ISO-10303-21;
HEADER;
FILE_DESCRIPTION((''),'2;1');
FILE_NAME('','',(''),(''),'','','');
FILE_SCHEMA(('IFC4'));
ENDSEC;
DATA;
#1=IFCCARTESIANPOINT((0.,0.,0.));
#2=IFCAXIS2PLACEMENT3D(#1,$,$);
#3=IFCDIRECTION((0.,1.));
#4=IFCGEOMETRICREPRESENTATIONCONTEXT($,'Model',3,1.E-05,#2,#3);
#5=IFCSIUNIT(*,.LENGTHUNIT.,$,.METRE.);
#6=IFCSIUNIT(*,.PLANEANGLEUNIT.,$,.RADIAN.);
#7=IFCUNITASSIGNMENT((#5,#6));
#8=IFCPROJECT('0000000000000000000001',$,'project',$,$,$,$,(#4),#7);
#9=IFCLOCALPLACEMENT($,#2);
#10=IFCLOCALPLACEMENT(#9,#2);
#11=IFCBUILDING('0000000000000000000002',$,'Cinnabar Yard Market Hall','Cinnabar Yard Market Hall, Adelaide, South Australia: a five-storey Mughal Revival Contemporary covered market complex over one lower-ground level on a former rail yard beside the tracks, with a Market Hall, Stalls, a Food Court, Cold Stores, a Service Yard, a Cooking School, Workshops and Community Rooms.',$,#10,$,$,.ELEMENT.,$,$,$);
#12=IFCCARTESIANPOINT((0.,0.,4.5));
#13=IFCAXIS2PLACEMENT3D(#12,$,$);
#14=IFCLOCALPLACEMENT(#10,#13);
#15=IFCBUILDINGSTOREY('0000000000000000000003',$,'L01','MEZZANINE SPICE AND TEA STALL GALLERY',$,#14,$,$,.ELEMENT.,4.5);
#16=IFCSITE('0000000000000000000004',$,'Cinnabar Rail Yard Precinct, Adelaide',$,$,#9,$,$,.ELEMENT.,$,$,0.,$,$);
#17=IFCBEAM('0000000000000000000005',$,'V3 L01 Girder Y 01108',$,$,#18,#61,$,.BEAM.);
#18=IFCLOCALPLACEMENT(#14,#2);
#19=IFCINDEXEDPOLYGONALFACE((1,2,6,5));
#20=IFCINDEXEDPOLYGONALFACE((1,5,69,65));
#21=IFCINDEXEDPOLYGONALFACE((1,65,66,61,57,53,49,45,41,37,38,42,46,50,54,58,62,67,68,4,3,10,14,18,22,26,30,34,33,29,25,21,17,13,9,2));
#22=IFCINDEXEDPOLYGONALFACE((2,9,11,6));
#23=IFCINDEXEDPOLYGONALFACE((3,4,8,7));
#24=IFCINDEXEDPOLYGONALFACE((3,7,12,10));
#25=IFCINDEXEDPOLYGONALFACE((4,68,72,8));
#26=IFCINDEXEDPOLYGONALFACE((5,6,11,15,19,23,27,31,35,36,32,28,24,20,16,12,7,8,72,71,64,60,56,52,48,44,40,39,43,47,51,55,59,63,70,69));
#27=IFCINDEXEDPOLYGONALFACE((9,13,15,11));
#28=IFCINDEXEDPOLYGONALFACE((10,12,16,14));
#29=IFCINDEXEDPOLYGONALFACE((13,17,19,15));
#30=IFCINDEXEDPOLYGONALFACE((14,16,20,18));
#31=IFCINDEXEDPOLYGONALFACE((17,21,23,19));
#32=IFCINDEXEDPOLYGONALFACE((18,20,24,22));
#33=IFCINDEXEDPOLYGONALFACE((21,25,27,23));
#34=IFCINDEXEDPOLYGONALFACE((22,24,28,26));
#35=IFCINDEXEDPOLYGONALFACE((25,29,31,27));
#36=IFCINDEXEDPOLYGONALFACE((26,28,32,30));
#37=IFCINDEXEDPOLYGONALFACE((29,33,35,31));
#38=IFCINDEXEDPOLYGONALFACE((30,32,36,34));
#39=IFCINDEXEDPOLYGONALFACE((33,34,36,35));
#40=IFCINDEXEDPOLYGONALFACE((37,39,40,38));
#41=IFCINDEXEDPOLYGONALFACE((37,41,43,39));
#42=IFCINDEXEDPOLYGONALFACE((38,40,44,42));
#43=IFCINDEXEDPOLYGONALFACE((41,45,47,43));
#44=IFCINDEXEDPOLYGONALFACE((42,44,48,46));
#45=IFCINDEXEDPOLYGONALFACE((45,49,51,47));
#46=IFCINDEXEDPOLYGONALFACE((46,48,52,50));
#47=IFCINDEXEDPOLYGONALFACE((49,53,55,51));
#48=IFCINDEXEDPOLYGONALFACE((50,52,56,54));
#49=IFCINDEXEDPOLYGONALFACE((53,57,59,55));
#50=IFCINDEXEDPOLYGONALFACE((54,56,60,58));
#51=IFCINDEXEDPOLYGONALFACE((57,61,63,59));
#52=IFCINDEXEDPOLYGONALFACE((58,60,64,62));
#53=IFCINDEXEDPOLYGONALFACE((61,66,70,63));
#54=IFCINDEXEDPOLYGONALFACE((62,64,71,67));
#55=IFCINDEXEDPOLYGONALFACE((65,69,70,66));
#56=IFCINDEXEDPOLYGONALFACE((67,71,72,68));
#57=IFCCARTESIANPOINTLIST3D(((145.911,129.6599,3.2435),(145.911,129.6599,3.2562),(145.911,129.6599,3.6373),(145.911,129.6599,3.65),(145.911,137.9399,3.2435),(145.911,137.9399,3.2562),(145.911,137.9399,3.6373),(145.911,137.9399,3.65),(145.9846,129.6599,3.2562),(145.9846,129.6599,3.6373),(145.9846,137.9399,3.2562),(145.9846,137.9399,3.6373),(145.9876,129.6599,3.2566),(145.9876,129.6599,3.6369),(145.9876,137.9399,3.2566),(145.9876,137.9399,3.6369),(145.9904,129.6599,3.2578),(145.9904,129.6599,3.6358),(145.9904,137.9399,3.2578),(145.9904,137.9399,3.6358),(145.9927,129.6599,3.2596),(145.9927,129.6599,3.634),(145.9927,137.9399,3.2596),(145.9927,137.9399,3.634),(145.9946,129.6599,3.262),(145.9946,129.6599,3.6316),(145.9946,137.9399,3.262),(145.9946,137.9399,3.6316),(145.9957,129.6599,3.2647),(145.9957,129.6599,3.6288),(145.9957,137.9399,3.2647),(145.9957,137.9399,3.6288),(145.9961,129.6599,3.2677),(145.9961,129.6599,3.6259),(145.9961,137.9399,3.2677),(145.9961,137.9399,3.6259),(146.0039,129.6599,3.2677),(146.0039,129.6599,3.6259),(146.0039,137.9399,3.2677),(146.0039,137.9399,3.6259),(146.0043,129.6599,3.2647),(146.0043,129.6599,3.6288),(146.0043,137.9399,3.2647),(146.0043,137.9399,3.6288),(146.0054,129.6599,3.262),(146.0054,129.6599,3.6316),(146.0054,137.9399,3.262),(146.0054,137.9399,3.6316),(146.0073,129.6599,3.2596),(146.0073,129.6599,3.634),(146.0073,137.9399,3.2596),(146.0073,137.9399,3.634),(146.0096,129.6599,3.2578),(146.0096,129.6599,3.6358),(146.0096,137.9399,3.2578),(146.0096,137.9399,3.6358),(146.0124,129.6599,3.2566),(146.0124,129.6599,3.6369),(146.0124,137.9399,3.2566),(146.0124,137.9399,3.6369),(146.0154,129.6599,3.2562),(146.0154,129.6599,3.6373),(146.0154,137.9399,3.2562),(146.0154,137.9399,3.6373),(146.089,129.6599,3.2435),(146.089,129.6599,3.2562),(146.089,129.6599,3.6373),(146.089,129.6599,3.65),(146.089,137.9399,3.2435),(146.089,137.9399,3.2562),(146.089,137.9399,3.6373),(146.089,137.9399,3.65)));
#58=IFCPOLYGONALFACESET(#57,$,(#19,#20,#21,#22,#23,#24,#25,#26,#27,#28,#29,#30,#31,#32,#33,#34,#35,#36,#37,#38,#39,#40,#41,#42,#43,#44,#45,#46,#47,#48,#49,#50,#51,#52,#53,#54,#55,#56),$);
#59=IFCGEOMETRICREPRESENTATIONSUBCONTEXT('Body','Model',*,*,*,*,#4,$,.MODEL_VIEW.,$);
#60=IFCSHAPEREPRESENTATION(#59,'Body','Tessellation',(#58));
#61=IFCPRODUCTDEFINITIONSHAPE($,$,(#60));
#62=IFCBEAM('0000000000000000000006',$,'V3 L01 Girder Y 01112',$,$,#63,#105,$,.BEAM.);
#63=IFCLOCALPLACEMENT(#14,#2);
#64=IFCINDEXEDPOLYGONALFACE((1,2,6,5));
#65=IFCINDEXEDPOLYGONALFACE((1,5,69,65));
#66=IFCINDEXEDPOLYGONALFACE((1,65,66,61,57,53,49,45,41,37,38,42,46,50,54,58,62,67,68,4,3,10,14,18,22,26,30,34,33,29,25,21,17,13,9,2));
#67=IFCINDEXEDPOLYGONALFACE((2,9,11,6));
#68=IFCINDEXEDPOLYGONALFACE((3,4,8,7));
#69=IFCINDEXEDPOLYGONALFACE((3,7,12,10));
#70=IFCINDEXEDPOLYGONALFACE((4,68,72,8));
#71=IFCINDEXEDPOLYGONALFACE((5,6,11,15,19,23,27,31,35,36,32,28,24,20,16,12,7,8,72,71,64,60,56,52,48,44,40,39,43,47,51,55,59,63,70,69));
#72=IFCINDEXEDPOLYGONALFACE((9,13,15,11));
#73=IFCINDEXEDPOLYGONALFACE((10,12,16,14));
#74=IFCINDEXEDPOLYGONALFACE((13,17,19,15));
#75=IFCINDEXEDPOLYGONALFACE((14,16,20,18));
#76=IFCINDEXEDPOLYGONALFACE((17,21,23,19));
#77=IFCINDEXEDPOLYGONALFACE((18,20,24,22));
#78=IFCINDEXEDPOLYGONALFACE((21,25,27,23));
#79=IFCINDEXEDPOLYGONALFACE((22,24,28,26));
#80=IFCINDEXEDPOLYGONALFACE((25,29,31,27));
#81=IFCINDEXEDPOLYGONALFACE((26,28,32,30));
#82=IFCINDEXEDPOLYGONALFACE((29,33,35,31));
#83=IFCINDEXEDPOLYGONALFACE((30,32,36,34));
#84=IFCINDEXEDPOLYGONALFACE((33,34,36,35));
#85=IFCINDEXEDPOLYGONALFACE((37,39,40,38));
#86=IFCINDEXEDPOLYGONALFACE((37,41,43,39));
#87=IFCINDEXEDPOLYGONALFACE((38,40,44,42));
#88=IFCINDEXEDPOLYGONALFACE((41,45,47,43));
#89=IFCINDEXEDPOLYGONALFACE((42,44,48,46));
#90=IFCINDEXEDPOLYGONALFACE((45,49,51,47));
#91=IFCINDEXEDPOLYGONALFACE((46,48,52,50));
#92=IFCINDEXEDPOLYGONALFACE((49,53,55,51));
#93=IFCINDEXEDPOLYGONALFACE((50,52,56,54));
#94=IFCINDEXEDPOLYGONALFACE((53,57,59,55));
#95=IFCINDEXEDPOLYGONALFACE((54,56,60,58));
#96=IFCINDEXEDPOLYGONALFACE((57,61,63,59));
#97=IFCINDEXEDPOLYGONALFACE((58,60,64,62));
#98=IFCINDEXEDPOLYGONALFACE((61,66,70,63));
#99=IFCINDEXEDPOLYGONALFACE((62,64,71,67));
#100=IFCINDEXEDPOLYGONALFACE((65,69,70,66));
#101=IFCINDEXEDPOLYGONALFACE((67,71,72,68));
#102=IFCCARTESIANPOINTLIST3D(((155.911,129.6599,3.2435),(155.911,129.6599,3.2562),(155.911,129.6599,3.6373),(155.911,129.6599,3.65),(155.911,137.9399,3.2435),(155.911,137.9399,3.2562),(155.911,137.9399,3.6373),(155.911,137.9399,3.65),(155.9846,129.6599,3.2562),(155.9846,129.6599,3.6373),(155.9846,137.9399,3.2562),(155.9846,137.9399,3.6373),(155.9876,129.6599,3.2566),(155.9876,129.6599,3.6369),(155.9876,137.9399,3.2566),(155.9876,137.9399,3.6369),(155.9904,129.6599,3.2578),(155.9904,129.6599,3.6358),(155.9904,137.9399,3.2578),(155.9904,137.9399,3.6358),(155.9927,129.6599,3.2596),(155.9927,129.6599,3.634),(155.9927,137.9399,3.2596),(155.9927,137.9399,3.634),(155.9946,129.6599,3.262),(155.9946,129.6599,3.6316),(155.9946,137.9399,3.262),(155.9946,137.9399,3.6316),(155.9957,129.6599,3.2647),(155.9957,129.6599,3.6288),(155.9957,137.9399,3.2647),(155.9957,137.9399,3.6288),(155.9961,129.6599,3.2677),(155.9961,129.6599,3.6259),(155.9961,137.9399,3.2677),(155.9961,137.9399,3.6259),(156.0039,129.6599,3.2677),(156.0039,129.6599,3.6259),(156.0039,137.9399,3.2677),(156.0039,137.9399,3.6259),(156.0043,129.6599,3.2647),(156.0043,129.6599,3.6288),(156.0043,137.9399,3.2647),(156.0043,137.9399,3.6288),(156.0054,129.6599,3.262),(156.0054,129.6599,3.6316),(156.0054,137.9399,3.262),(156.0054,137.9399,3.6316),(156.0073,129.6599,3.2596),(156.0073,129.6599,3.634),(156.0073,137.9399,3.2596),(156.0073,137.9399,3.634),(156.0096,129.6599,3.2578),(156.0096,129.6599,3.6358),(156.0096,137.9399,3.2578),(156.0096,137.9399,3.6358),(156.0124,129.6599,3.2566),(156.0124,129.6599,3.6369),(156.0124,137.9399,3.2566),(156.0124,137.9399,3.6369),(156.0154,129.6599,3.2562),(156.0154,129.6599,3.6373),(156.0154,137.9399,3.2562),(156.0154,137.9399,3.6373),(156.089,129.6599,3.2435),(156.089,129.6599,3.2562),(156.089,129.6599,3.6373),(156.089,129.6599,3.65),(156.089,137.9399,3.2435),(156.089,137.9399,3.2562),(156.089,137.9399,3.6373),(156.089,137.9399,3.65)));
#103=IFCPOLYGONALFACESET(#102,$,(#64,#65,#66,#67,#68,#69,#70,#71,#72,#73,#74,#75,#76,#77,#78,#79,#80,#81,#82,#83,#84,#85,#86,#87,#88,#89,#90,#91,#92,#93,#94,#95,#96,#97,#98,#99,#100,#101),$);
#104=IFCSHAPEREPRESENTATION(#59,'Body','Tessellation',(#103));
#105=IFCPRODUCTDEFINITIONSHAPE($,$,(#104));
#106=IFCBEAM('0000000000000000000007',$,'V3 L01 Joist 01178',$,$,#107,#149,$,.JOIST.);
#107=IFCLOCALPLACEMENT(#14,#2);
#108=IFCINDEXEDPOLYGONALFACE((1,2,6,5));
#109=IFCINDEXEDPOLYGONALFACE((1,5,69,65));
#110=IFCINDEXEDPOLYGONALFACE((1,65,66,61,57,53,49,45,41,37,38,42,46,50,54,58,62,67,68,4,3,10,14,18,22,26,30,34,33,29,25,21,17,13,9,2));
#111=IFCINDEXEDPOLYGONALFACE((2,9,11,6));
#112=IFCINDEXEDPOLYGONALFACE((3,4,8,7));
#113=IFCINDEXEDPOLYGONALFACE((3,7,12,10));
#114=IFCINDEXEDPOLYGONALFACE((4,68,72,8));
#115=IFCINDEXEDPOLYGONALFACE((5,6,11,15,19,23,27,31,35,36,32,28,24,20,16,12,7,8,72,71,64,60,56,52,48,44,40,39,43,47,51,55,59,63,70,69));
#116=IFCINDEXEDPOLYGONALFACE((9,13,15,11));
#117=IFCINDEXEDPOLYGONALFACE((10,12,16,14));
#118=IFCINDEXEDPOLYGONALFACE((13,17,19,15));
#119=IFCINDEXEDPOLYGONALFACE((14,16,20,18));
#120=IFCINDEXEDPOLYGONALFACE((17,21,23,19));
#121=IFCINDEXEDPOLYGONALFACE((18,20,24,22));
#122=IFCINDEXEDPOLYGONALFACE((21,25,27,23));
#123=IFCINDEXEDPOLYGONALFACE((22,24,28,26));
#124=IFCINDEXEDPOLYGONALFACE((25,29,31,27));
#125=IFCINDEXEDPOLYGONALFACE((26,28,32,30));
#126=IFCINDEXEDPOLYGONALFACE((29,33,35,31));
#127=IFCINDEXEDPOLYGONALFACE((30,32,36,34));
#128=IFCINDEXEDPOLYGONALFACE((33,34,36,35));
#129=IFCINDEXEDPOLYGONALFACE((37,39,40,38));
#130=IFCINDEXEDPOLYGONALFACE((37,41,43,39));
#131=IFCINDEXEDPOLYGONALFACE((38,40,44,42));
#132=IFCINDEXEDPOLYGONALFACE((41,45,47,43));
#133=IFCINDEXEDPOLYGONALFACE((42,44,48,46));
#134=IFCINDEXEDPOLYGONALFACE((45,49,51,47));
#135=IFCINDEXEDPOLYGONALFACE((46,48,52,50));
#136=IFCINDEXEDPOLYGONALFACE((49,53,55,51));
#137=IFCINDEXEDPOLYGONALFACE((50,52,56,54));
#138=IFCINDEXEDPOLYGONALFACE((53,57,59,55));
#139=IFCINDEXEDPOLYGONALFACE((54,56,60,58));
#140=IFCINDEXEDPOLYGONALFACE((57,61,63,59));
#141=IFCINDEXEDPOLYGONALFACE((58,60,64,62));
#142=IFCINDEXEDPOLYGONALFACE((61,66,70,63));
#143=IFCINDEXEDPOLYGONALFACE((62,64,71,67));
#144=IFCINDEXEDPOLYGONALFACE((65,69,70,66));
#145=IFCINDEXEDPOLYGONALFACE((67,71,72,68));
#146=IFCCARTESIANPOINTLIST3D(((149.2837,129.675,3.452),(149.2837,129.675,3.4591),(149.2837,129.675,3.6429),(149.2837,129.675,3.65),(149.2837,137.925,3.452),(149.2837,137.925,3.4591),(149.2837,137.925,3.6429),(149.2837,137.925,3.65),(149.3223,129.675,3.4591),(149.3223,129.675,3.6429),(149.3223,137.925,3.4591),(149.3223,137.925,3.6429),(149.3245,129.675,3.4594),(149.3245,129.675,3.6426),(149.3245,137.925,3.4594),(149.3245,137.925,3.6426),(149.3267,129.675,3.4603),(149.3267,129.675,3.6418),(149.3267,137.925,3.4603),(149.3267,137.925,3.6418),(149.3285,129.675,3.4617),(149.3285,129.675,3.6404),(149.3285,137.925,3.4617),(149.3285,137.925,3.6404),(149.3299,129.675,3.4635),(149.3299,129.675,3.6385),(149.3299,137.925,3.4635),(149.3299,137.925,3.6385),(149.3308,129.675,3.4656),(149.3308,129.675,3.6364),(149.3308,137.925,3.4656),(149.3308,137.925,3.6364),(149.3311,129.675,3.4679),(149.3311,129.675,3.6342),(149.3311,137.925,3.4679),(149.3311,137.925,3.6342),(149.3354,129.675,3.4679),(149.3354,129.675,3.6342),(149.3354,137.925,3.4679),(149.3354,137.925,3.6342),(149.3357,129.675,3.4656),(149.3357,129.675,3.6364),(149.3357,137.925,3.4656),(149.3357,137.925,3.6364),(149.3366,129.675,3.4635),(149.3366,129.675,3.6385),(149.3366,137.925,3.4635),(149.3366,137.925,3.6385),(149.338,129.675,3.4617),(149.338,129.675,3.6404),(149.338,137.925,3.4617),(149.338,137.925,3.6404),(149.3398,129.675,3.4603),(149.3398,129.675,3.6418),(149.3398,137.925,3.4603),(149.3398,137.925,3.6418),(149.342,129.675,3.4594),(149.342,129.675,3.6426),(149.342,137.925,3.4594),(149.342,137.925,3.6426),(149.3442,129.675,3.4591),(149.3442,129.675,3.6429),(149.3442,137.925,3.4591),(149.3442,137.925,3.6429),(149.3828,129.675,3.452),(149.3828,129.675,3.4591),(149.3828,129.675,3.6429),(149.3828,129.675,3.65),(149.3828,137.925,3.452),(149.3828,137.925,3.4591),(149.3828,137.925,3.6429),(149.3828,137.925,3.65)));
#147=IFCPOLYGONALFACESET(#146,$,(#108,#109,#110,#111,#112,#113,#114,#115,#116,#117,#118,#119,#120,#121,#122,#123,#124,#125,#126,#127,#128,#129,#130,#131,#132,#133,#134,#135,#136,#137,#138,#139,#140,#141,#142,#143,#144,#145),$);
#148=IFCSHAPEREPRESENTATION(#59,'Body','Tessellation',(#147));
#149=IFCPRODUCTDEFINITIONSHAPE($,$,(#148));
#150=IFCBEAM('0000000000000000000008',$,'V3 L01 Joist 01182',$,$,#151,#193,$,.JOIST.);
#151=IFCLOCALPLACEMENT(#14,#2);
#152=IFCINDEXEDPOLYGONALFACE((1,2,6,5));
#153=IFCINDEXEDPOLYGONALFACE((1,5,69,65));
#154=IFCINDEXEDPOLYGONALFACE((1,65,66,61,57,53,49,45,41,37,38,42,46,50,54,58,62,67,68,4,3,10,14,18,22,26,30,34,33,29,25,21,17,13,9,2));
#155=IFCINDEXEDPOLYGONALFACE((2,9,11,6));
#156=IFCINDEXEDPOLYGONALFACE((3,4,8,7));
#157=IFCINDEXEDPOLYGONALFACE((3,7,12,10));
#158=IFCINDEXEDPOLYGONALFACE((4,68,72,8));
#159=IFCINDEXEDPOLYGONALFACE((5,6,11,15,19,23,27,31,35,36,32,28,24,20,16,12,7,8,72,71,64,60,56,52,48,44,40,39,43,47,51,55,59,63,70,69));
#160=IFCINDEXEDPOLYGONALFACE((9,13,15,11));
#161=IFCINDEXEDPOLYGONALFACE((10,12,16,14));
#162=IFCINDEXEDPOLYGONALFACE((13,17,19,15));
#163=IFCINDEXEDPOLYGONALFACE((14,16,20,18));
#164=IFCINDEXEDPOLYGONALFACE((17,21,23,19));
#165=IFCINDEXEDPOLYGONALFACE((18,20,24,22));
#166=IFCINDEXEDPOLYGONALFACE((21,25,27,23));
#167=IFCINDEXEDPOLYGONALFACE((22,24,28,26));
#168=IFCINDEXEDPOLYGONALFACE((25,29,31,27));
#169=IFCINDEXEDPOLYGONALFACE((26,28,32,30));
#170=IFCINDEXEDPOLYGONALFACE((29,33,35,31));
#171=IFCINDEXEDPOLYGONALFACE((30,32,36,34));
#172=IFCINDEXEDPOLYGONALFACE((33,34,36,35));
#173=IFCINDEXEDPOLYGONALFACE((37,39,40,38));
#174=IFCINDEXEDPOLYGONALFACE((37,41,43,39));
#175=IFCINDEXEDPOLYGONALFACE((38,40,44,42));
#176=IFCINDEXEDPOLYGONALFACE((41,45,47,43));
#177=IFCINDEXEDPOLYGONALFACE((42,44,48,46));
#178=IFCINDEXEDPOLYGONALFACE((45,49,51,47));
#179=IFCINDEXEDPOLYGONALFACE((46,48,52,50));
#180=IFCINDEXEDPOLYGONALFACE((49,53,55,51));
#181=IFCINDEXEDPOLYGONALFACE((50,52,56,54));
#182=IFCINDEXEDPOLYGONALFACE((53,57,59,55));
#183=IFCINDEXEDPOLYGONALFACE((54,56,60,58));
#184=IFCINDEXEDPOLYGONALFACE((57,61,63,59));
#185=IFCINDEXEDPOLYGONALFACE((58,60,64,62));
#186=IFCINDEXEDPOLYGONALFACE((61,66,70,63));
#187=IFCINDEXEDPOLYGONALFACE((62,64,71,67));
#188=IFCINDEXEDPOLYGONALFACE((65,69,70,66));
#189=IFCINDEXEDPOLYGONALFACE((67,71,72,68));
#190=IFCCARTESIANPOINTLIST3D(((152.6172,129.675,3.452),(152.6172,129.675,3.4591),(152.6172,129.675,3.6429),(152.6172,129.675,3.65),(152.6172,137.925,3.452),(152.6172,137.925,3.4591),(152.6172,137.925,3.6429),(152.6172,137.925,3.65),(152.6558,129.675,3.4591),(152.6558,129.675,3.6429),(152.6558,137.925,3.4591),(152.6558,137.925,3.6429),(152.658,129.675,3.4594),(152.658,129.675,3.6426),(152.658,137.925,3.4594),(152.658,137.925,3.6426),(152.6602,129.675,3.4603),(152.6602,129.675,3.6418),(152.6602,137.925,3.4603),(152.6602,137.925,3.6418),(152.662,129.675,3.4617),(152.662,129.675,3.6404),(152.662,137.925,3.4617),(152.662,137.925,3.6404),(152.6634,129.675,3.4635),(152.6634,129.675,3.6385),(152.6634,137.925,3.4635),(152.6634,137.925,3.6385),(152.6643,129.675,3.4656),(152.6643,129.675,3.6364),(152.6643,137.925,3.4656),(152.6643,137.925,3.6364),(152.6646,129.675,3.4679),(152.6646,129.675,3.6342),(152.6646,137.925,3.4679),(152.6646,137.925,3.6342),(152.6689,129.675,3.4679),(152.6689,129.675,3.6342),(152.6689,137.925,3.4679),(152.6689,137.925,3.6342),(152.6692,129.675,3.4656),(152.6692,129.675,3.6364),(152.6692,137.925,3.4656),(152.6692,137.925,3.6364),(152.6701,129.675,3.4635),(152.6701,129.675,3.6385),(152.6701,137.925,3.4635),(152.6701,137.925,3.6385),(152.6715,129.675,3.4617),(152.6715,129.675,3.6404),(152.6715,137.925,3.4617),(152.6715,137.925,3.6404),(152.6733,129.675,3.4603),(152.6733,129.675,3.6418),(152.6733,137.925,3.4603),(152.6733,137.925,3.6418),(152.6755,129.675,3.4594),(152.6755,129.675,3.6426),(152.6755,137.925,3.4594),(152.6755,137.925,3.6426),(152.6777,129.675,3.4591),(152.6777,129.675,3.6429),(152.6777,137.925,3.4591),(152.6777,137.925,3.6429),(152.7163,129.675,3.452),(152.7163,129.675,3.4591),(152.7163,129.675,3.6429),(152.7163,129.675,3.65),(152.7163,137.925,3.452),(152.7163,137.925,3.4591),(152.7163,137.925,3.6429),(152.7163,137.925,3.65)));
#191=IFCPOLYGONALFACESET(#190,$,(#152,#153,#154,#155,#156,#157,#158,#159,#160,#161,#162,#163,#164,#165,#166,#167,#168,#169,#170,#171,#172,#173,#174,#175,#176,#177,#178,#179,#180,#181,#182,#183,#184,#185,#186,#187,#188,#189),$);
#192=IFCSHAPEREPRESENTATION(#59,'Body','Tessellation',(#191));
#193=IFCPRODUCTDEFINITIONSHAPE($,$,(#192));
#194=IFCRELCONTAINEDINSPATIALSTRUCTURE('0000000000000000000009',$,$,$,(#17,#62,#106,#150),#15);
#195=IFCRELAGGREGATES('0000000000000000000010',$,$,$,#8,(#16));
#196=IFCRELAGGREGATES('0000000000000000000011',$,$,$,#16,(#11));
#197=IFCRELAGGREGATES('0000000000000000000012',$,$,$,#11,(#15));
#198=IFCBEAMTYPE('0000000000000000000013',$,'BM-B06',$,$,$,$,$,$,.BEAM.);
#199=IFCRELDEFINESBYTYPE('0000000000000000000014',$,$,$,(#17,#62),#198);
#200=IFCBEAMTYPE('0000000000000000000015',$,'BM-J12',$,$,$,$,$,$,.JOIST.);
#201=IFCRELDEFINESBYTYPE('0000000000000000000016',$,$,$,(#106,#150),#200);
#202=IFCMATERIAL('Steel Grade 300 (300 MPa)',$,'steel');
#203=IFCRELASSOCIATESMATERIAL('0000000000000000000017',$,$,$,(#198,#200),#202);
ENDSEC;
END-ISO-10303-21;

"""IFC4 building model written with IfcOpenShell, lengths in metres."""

from ifc_helpers import new_model, si_unit, direction, frame, origin, origin_2d_with_axis, place, context, subcontext, project, spatial, i_section, extrude, material, material_profile, profile_set, type_object, element, save


model = new_model("IFC4")

# Units and contexts
model_context = context("Model", 3, precision=1e-05, world=origin(), true_north=direction((0.0, 1.0)))
body_context = subcontext(model_context, "Body", "Model", "MODEL_VIEW")
ifc_project = project(units=[si_unit("LENGTHUNIT", "METRE"), si_unit("PLANEANGLEUNIT", "RADIAN")], contexts=[model_context])

# Site, building, storey
site_placement = place(None, origin())
site = spatial("IfcSite", under=ifc_project, at=site_placement, Name="Cinnabar Rail Yard Precinct, Adelaide", CompositionType="ELEMENT", RefElevation=0.0)
building_placement = place(site_placement, origin())
building = spatial("IfcBuilding", under=site, at=building_placement, Name="Cinnabar Yard Market Hall", Description="Cinnabar Yard Market Hall, Adelaide, South Australia: a five-storey Mughal Revival Contemporary covered market complex over one lower-ground level on a former rail yard beside the tracks, with a Market Hall, Stalls, a Food Court, Cold Stores, a Service Yard, a Cooking School, Workshops and Community Rooms.", CompositionType="ELEMENT")
storey_placement = place(building_placement, frame((0.0, 0.0, 4.5)))
storey = spatial("IfcBuildingStorey", under=building, at=storey_placement, Name="L01", Description="MEZZANINE SPICE AND TEA STALL GALLERY", CompositionType="ELEMENT", Elevation=4.5)

# Shared definitions
ifc_material_1 = material(Name="Steel Grade 300 (300 MPa)", Category="steel")

# Beams
ifc_material_profile_1 = material_profile(ifc_material_1, i_section(OverallWidth=0.178, OverallDepth=0.4065, WebThickness=0.0078, FlangeThickness=0.0127, FilletRadius=0.0115, at=origin_2d_with_axis()), Name="410UB59.7")
ifc_profile_set_1 = profile_set([ifc_material_profile_1], Name="Steel Grade 300 (300 MPa)")
beam_type_1 = type_object("IfcBeamType", Name="BM-B06", PredefinedType="BEAM", material=ifc_profile_set_1)
for number, where, z_axis, x_axis, name in (
    (1, (146.0, 129.6599, 3.4468), (0.0, 1.0, 0.0), (-1.0, 0.0, 0.0), "V3 L01 Girder Y 01108"),
    (2, (156.0, 129.6599, 3.4468), (0.0, 1.0, 0.0), (-1.0, 0.0, 0.0), "V3 L01 Girder Y 01112"),
):
    element("IfcBeam", number, at=place(storey_placement, frame(where, z_axis=z_axis, x_axis=x_axis)), inside=storey, type_object=beam_type_1, Name=name, PredefinedType="BEAM", context=body_context, shape_type="SweptSolid", body=[
        extrude(i_section(OverallWidth=0.178, OverallDepth=0.4065, WebThickness=0.0078, FlangeThickness=0.0127, FilletRadius=0.0115, at=origin_2d_with_axis()), origin(), (0.0, 0.0, 1.0), 8.28),
    ])
ifc_material_profile_2 = material_profile(ifc_material_1, i_section(OverallWidth=0.0991, OverallDepth=0.198, WebThickness=0.0044, FlangeThickness=0.0071, FilletRadius=0.0088, at=origin_2d_with_axis()), Name="200UB18.2")
ifc_profile_set_2 = profile_set([ifc_material_profile_2], Name="Steel Grade 300 (300 MPa)")
beam_type_2 = type_object("IfcBeamType", Name="BM-J12", PredefinedType="JOIST", material=ifc_profile_set_2)
for number, where, z_axis, x_axis, name in (
    (3, (149.3333, 129.675, 3.551), (0.0, 1.0, 0.0), (-1.0, 0.0, 0.0), "V3 L01 Joist 01178"),
    (4, (152.6667, 129.675, 3.551), (0.0, 1.0, 0.0), (-1.0, 0.0, 0.0), "V3 L01 Joist 01182"),
):
    element("IfcBeam", number, at=place(storey_placement, frame(where, z_axis=z_axis, x_axis=x_axis)), inside=storey, type_object=beam_type_2, Name=name, PredefinedType="JOIST", context=body_context, shape_type="SweptSolid", body=[
        extrude(i_section(OverallWidth=0.0991, OverallDepth=0.198, WebThickness=0.0044, FlangeThickness=0.0071, FilletRadius=0.0088, at=origin_2d_with_axis()), origin(), (0.0, 0.0, 1.0), 8.25),
    ])

save(model, "model.ifc")
